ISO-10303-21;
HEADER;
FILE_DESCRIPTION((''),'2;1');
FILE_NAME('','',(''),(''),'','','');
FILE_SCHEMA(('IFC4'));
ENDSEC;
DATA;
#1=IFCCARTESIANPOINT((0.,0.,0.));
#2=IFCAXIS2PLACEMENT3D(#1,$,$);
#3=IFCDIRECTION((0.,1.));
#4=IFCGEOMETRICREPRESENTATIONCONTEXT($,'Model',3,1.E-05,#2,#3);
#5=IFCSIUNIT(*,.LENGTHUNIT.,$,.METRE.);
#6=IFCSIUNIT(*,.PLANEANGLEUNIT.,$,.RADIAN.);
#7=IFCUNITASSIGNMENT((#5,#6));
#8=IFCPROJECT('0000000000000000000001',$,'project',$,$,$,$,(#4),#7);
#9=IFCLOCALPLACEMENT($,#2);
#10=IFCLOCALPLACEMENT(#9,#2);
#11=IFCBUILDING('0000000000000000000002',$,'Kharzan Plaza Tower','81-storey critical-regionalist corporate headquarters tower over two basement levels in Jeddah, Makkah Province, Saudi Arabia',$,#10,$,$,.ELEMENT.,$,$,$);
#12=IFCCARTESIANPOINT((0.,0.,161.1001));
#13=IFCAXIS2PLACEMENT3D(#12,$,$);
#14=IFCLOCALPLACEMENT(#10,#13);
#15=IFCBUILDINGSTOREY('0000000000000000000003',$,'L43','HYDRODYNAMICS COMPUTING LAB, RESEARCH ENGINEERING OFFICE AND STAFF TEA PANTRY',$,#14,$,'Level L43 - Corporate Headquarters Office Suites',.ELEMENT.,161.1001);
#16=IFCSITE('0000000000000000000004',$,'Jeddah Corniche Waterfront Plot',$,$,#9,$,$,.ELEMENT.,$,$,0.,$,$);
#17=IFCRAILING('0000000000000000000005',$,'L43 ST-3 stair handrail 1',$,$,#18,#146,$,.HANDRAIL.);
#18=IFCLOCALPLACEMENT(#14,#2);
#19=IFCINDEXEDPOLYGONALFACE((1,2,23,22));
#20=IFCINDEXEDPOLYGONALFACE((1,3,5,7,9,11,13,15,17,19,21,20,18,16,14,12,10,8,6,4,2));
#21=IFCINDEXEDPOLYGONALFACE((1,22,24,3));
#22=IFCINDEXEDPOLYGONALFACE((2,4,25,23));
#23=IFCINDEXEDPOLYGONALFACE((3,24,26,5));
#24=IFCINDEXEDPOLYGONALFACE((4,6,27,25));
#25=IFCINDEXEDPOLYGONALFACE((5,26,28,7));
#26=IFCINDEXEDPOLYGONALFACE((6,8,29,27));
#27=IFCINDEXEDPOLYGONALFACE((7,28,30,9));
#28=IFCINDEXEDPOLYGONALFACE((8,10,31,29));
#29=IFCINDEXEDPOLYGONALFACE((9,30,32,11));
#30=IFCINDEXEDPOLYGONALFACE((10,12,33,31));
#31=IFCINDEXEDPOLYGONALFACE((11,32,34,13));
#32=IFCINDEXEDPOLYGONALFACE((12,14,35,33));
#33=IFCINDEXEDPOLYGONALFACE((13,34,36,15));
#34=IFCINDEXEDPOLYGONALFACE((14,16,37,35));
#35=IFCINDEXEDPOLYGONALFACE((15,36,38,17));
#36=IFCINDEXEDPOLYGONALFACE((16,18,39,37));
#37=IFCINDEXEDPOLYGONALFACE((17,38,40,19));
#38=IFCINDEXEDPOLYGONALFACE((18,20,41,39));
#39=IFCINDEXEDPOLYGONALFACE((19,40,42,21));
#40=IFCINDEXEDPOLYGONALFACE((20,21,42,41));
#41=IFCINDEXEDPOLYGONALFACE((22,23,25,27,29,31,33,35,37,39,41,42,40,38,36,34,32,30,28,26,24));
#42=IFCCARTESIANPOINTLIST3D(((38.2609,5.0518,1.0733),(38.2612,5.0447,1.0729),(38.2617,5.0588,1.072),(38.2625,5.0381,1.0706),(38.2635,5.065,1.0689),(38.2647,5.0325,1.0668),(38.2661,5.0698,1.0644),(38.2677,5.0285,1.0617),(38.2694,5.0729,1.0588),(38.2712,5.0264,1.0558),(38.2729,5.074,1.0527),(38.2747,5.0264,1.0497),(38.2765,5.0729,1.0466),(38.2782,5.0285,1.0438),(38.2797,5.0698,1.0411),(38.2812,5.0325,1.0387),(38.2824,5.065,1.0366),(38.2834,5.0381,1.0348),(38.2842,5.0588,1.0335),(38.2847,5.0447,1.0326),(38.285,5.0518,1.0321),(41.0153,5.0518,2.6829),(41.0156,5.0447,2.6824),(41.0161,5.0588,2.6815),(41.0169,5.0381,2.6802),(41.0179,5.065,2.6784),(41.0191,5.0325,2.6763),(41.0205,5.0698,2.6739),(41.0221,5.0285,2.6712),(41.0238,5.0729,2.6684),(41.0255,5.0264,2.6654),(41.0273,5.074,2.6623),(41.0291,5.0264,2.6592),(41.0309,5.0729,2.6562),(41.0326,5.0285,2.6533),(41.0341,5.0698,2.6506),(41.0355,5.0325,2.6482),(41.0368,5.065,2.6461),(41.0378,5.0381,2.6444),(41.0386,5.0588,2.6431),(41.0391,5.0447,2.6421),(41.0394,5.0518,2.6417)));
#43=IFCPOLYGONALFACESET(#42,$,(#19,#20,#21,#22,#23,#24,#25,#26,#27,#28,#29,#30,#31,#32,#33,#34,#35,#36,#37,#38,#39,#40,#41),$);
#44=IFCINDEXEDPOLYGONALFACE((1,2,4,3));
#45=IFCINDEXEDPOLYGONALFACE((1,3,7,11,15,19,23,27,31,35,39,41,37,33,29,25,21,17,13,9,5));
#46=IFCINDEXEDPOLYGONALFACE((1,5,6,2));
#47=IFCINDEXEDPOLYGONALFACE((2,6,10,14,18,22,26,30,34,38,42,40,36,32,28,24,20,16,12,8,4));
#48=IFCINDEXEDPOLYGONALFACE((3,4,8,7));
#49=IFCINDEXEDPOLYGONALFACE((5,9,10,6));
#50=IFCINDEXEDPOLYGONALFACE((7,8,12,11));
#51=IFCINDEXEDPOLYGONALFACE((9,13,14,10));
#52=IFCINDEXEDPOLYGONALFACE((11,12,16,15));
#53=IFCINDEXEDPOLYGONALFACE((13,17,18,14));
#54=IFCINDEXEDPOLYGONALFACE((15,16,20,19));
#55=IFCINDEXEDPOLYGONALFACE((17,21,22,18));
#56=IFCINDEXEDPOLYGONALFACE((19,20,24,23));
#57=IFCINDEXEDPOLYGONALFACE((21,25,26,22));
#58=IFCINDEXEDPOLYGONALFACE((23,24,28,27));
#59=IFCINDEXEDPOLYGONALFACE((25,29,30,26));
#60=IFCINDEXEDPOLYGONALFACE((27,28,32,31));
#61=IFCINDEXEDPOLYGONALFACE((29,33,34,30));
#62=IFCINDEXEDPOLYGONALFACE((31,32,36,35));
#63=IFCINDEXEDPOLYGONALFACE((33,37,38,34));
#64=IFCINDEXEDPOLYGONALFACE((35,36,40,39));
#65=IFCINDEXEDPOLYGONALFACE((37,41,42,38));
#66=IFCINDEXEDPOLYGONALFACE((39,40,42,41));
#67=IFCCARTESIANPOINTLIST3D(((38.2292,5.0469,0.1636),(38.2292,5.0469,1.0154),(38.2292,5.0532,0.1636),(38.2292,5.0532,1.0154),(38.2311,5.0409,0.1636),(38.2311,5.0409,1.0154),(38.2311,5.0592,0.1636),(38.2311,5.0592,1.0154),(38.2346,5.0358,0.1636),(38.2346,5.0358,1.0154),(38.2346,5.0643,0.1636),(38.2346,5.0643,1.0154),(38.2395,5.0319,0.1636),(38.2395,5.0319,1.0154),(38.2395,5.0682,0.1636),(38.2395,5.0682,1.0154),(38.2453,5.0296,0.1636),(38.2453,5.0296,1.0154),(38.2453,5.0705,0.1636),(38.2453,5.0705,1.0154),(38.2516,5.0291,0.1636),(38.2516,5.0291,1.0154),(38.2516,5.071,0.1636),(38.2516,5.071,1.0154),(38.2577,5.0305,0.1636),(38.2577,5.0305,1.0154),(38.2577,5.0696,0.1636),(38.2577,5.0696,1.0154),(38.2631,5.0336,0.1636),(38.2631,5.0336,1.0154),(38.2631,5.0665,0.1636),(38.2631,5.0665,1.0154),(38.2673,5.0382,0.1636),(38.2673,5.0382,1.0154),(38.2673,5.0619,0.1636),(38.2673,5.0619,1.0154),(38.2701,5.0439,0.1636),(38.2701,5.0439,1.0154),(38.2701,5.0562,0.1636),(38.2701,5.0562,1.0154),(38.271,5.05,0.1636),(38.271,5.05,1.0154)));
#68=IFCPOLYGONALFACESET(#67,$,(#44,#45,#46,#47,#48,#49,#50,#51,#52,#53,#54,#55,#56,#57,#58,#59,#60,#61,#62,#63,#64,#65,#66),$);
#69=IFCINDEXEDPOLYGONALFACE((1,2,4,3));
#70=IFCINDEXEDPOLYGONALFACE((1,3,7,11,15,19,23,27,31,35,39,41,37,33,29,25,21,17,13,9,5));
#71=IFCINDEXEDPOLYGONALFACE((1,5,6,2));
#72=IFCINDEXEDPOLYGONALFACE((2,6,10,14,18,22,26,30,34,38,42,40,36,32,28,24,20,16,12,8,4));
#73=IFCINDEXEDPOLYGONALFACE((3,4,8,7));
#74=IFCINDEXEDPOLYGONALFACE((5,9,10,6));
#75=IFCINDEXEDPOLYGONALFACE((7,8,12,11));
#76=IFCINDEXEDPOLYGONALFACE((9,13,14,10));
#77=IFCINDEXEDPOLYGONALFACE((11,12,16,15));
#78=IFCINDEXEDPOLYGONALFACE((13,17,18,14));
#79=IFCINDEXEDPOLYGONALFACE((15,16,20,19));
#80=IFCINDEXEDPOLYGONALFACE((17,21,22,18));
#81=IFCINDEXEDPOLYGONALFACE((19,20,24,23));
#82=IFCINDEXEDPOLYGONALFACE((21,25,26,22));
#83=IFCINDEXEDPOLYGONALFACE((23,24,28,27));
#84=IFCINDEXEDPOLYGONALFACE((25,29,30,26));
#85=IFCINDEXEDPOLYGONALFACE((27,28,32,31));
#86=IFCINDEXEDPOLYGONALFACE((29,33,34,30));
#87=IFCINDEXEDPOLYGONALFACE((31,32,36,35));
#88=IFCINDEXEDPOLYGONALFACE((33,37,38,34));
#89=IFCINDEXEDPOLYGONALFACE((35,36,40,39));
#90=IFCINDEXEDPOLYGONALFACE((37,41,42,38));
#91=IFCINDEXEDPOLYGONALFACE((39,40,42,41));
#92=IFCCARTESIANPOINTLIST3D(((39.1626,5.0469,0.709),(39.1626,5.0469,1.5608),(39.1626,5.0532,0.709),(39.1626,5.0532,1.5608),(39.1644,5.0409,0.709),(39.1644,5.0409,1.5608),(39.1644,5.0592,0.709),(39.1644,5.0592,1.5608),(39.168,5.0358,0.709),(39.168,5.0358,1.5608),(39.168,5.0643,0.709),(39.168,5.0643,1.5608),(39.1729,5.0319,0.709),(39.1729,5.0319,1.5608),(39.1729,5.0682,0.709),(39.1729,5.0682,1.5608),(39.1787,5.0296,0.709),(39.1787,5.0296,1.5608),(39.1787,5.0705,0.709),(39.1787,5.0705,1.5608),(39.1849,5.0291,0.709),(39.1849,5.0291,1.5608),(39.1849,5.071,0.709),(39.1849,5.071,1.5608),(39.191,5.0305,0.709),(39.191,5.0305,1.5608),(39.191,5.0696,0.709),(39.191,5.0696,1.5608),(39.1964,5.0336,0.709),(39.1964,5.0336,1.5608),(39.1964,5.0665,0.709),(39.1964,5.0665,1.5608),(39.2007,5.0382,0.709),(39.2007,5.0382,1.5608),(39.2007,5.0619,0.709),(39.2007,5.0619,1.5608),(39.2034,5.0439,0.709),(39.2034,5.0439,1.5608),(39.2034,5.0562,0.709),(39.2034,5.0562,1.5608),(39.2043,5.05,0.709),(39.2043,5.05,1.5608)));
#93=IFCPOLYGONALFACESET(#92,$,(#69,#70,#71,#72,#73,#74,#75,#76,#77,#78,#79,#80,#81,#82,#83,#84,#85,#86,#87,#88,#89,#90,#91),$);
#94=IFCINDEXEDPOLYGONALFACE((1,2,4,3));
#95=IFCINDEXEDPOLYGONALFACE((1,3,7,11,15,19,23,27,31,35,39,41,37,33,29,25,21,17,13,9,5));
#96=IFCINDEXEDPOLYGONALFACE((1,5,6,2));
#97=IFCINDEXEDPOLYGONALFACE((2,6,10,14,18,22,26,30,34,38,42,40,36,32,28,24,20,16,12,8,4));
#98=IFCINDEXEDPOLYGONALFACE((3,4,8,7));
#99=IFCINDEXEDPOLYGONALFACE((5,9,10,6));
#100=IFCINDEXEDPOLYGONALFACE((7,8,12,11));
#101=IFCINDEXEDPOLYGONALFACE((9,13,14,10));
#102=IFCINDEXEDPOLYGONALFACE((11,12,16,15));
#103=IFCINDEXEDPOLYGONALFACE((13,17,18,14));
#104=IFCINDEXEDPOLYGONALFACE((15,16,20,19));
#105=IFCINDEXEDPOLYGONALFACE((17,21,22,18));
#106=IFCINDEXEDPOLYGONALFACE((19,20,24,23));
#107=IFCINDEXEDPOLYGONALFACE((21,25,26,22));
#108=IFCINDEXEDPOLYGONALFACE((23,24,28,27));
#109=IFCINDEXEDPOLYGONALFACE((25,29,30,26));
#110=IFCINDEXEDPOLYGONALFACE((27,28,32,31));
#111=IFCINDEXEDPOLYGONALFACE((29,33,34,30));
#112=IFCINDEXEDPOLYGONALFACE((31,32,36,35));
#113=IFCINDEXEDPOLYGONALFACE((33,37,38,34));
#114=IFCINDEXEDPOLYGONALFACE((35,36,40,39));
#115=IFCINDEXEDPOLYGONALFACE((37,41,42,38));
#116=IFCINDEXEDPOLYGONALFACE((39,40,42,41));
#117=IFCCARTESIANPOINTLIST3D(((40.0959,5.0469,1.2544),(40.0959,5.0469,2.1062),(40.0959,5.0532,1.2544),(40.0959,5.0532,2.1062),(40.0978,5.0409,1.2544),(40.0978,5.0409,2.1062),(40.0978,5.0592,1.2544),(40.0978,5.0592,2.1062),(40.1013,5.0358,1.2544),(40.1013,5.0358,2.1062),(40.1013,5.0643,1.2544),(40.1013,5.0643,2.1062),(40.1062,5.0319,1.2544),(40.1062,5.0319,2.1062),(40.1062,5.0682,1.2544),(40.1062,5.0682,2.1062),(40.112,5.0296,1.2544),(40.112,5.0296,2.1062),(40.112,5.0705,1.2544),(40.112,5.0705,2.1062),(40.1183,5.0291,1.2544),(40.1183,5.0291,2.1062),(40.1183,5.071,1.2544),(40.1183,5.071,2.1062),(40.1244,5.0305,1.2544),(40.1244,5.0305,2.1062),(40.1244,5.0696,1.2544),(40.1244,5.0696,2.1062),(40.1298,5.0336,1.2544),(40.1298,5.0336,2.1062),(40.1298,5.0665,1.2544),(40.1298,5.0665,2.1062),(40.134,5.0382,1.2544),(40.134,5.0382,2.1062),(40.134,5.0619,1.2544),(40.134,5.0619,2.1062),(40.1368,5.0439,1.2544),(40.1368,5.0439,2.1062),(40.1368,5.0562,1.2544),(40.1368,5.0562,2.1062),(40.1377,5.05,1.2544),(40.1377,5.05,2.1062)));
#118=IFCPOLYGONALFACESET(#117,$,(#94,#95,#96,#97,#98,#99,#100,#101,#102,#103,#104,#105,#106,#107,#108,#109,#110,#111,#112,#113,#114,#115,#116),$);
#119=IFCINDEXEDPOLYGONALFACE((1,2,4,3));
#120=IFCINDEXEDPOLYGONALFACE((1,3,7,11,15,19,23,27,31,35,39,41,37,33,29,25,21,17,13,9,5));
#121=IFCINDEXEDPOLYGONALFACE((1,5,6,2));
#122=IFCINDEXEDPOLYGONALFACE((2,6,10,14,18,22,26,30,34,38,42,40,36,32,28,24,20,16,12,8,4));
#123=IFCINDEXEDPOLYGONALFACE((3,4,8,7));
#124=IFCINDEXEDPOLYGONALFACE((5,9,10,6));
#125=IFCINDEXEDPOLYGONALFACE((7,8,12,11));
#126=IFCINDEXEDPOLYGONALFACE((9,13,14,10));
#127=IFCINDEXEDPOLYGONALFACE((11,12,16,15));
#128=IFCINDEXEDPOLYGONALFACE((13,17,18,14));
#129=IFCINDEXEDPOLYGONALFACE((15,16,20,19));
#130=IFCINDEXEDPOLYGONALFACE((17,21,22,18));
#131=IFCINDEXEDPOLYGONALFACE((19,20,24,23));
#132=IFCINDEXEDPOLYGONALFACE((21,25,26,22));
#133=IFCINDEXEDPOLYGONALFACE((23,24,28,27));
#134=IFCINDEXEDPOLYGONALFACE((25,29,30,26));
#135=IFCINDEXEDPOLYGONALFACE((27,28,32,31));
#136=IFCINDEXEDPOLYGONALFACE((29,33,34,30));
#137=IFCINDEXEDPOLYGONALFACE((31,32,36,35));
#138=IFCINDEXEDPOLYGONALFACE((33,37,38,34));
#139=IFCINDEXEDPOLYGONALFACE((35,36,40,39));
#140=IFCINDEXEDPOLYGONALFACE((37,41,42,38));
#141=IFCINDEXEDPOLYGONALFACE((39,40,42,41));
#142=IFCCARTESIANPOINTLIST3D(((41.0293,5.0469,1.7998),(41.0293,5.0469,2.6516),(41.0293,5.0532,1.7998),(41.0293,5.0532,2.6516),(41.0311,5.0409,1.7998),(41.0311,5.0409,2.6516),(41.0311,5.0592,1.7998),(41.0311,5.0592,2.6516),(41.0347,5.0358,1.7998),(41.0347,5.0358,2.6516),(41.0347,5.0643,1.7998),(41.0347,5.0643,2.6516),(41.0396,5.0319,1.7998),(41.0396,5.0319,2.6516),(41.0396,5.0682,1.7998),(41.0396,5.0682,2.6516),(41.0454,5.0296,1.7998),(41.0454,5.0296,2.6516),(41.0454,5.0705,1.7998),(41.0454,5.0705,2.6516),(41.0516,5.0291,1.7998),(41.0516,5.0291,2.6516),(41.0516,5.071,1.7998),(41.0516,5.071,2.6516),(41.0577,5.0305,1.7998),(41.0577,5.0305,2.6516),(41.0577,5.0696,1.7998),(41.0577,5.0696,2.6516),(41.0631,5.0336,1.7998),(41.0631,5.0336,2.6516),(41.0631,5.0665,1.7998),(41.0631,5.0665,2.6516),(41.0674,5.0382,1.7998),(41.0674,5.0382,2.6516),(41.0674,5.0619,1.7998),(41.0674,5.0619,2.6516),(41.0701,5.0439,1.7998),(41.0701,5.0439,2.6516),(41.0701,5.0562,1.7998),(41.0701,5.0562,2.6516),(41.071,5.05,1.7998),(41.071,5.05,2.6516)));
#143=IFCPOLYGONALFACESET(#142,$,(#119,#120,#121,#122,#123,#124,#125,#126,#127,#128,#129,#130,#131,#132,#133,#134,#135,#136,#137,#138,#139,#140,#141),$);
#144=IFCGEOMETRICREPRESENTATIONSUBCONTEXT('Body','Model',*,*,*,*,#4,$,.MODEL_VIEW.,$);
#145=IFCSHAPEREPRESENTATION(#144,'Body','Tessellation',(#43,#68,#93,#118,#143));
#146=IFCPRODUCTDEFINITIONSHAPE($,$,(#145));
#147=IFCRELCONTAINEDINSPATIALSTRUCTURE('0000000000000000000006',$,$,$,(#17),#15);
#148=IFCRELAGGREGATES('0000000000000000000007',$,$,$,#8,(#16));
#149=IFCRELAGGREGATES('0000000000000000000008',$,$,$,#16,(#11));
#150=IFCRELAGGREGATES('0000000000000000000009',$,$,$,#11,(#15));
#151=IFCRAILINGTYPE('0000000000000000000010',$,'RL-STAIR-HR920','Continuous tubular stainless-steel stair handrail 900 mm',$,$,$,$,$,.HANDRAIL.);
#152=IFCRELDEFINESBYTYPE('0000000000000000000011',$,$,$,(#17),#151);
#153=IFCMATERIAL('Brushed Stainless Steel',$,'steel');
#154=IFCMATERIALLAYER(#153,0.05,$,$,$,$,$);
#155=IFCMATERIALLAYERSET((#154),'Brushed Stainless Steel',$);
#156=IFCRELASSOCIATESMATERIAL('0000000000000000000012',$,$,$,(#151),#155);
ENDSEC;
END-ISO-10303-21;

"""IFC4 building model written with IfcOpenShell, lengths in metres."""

from ifc_helpers import new_model, si_unit, direction, frame, origin, origin_2d, place, context, subcontext, project, spatial, circle, extrude, source, transform, mapped, material, layer, layer_set, type_object, element, save


model = new_model("IFC4")

# Units and contexts
model_context = context("Model", 3, precision=1e-05, world=origin(), true_north=direction((0.0, 1.0)))
body_context = subcontext(model_context, "Body", "Model", "MODEL_VIEW")
ifc_project = project(units=[si_unit("LENGTHUNIT", "METRE"), si_unit("PLANEANGLEUNIT", "RADIAN")], contexts=[model_context])

# Site, building, storey
site_placement = place(None, origin())
site = spatial("IfcSite", under=ifc_project, at=site_placement, Name="Jeddah Corniche Waterfront Plot", CompositionType="ELEMENT", RefElevation=0.0)
building_placement = place(site_placement, origin())
building = spatial("IfcBuilding", under=site, at=building_placement, Name="Kharzan Plaza Tower", Description="81-storey critical-regionalist corporate headquarters tower over two basement levels in Jeddah, Makkah Province, Saudi Arabia", CompositionType="ELEMENT")
storey_placement = place(building_placement, frame((0.0, 0.0, 161.1001)))
storey = spatial("IfcBuildingStorey", under=building, at=storey_placement, Name="L43", Description="HYDRODYNAMICS COMPUTING LAB, RESEARCH ENGINEERING OFFICE AND STAFF TEA PANTRY", LongName="Level L43 - Corporate Headquarters Office Suites", CompositionType="ELEMENT", Elevation=161.1001)

# Railing
ifc_material_1 = material(Name="Brushed Stainless Steel", Category="steel")
ifc_layer_1 = layer(ifc_material_1, 0.05)
ifc_layer_set_1 = layer_set([ifc_layer_1], Name="Brushed Stainless Steel")
railing_type_1 = type_object("IfcRailingType", Name="RL-STAIR-HR920", Description="Continuous tubular stainless-steel stair handrail 900 mm", PredefinedType="HANDRAIL", material=ifc_layer_set_1)
shared_shape_1 = source(origin(), body_context, "Body", "SweptSolid", [
    extrude(circle(Radius=0.0239, at=origin_2d()), frame((0.0229, 0.0, 0.8892), z_axis=(0.863394, 0.0, 0.504531), x_axis=(0.0, 1.0, 0.0)), (0.0, 0.0, 1.0), 3.1902),
    extrude(circle(Radius=0.021, at=origin_2d()), origin(), (0.0, 0.0, 1.0), 0.8518),
    extrude(circle(Radius=0.021, at=origin_2d()), frame((0.9333, 0.0, 0.5454)), (0.0, 0.0, 1.0), 0.8518),
    extrude(circle(Radius=0.021, at=origin_2d()), frame((1.8667, 0.0, 1.0908)), (0.0, 0.0, 1.0), 0.8518),
    extrude(circle(Radius=0.021, at=origin_2d()), frame((2.8, 0.0, 1.6362)), (0.0, 0.0, 1.0), 0.8518),
])
railing_1_placement = place(storey_placement, frame((38.25, 5.05, 0.1636)))
element("IfcRailing", 1, at=railing_1_placement, inside=storey, type_object=railing_type_1, Name="L43 ST-3 stair handrail 1", PredefinedType="HANDRAIL", context=body_context, shape_type="MappedRepresentation", body=[
    mapped(shared_shape_1, transform((0.0, 0.0, 0.0), x_axis=(1.0, 0.0, 0.0), y_axis=(0.0, 1.0, 0.0), z_axis=(0.0, 0.0, 1.0))),
])

save(model, "model.ifc")
